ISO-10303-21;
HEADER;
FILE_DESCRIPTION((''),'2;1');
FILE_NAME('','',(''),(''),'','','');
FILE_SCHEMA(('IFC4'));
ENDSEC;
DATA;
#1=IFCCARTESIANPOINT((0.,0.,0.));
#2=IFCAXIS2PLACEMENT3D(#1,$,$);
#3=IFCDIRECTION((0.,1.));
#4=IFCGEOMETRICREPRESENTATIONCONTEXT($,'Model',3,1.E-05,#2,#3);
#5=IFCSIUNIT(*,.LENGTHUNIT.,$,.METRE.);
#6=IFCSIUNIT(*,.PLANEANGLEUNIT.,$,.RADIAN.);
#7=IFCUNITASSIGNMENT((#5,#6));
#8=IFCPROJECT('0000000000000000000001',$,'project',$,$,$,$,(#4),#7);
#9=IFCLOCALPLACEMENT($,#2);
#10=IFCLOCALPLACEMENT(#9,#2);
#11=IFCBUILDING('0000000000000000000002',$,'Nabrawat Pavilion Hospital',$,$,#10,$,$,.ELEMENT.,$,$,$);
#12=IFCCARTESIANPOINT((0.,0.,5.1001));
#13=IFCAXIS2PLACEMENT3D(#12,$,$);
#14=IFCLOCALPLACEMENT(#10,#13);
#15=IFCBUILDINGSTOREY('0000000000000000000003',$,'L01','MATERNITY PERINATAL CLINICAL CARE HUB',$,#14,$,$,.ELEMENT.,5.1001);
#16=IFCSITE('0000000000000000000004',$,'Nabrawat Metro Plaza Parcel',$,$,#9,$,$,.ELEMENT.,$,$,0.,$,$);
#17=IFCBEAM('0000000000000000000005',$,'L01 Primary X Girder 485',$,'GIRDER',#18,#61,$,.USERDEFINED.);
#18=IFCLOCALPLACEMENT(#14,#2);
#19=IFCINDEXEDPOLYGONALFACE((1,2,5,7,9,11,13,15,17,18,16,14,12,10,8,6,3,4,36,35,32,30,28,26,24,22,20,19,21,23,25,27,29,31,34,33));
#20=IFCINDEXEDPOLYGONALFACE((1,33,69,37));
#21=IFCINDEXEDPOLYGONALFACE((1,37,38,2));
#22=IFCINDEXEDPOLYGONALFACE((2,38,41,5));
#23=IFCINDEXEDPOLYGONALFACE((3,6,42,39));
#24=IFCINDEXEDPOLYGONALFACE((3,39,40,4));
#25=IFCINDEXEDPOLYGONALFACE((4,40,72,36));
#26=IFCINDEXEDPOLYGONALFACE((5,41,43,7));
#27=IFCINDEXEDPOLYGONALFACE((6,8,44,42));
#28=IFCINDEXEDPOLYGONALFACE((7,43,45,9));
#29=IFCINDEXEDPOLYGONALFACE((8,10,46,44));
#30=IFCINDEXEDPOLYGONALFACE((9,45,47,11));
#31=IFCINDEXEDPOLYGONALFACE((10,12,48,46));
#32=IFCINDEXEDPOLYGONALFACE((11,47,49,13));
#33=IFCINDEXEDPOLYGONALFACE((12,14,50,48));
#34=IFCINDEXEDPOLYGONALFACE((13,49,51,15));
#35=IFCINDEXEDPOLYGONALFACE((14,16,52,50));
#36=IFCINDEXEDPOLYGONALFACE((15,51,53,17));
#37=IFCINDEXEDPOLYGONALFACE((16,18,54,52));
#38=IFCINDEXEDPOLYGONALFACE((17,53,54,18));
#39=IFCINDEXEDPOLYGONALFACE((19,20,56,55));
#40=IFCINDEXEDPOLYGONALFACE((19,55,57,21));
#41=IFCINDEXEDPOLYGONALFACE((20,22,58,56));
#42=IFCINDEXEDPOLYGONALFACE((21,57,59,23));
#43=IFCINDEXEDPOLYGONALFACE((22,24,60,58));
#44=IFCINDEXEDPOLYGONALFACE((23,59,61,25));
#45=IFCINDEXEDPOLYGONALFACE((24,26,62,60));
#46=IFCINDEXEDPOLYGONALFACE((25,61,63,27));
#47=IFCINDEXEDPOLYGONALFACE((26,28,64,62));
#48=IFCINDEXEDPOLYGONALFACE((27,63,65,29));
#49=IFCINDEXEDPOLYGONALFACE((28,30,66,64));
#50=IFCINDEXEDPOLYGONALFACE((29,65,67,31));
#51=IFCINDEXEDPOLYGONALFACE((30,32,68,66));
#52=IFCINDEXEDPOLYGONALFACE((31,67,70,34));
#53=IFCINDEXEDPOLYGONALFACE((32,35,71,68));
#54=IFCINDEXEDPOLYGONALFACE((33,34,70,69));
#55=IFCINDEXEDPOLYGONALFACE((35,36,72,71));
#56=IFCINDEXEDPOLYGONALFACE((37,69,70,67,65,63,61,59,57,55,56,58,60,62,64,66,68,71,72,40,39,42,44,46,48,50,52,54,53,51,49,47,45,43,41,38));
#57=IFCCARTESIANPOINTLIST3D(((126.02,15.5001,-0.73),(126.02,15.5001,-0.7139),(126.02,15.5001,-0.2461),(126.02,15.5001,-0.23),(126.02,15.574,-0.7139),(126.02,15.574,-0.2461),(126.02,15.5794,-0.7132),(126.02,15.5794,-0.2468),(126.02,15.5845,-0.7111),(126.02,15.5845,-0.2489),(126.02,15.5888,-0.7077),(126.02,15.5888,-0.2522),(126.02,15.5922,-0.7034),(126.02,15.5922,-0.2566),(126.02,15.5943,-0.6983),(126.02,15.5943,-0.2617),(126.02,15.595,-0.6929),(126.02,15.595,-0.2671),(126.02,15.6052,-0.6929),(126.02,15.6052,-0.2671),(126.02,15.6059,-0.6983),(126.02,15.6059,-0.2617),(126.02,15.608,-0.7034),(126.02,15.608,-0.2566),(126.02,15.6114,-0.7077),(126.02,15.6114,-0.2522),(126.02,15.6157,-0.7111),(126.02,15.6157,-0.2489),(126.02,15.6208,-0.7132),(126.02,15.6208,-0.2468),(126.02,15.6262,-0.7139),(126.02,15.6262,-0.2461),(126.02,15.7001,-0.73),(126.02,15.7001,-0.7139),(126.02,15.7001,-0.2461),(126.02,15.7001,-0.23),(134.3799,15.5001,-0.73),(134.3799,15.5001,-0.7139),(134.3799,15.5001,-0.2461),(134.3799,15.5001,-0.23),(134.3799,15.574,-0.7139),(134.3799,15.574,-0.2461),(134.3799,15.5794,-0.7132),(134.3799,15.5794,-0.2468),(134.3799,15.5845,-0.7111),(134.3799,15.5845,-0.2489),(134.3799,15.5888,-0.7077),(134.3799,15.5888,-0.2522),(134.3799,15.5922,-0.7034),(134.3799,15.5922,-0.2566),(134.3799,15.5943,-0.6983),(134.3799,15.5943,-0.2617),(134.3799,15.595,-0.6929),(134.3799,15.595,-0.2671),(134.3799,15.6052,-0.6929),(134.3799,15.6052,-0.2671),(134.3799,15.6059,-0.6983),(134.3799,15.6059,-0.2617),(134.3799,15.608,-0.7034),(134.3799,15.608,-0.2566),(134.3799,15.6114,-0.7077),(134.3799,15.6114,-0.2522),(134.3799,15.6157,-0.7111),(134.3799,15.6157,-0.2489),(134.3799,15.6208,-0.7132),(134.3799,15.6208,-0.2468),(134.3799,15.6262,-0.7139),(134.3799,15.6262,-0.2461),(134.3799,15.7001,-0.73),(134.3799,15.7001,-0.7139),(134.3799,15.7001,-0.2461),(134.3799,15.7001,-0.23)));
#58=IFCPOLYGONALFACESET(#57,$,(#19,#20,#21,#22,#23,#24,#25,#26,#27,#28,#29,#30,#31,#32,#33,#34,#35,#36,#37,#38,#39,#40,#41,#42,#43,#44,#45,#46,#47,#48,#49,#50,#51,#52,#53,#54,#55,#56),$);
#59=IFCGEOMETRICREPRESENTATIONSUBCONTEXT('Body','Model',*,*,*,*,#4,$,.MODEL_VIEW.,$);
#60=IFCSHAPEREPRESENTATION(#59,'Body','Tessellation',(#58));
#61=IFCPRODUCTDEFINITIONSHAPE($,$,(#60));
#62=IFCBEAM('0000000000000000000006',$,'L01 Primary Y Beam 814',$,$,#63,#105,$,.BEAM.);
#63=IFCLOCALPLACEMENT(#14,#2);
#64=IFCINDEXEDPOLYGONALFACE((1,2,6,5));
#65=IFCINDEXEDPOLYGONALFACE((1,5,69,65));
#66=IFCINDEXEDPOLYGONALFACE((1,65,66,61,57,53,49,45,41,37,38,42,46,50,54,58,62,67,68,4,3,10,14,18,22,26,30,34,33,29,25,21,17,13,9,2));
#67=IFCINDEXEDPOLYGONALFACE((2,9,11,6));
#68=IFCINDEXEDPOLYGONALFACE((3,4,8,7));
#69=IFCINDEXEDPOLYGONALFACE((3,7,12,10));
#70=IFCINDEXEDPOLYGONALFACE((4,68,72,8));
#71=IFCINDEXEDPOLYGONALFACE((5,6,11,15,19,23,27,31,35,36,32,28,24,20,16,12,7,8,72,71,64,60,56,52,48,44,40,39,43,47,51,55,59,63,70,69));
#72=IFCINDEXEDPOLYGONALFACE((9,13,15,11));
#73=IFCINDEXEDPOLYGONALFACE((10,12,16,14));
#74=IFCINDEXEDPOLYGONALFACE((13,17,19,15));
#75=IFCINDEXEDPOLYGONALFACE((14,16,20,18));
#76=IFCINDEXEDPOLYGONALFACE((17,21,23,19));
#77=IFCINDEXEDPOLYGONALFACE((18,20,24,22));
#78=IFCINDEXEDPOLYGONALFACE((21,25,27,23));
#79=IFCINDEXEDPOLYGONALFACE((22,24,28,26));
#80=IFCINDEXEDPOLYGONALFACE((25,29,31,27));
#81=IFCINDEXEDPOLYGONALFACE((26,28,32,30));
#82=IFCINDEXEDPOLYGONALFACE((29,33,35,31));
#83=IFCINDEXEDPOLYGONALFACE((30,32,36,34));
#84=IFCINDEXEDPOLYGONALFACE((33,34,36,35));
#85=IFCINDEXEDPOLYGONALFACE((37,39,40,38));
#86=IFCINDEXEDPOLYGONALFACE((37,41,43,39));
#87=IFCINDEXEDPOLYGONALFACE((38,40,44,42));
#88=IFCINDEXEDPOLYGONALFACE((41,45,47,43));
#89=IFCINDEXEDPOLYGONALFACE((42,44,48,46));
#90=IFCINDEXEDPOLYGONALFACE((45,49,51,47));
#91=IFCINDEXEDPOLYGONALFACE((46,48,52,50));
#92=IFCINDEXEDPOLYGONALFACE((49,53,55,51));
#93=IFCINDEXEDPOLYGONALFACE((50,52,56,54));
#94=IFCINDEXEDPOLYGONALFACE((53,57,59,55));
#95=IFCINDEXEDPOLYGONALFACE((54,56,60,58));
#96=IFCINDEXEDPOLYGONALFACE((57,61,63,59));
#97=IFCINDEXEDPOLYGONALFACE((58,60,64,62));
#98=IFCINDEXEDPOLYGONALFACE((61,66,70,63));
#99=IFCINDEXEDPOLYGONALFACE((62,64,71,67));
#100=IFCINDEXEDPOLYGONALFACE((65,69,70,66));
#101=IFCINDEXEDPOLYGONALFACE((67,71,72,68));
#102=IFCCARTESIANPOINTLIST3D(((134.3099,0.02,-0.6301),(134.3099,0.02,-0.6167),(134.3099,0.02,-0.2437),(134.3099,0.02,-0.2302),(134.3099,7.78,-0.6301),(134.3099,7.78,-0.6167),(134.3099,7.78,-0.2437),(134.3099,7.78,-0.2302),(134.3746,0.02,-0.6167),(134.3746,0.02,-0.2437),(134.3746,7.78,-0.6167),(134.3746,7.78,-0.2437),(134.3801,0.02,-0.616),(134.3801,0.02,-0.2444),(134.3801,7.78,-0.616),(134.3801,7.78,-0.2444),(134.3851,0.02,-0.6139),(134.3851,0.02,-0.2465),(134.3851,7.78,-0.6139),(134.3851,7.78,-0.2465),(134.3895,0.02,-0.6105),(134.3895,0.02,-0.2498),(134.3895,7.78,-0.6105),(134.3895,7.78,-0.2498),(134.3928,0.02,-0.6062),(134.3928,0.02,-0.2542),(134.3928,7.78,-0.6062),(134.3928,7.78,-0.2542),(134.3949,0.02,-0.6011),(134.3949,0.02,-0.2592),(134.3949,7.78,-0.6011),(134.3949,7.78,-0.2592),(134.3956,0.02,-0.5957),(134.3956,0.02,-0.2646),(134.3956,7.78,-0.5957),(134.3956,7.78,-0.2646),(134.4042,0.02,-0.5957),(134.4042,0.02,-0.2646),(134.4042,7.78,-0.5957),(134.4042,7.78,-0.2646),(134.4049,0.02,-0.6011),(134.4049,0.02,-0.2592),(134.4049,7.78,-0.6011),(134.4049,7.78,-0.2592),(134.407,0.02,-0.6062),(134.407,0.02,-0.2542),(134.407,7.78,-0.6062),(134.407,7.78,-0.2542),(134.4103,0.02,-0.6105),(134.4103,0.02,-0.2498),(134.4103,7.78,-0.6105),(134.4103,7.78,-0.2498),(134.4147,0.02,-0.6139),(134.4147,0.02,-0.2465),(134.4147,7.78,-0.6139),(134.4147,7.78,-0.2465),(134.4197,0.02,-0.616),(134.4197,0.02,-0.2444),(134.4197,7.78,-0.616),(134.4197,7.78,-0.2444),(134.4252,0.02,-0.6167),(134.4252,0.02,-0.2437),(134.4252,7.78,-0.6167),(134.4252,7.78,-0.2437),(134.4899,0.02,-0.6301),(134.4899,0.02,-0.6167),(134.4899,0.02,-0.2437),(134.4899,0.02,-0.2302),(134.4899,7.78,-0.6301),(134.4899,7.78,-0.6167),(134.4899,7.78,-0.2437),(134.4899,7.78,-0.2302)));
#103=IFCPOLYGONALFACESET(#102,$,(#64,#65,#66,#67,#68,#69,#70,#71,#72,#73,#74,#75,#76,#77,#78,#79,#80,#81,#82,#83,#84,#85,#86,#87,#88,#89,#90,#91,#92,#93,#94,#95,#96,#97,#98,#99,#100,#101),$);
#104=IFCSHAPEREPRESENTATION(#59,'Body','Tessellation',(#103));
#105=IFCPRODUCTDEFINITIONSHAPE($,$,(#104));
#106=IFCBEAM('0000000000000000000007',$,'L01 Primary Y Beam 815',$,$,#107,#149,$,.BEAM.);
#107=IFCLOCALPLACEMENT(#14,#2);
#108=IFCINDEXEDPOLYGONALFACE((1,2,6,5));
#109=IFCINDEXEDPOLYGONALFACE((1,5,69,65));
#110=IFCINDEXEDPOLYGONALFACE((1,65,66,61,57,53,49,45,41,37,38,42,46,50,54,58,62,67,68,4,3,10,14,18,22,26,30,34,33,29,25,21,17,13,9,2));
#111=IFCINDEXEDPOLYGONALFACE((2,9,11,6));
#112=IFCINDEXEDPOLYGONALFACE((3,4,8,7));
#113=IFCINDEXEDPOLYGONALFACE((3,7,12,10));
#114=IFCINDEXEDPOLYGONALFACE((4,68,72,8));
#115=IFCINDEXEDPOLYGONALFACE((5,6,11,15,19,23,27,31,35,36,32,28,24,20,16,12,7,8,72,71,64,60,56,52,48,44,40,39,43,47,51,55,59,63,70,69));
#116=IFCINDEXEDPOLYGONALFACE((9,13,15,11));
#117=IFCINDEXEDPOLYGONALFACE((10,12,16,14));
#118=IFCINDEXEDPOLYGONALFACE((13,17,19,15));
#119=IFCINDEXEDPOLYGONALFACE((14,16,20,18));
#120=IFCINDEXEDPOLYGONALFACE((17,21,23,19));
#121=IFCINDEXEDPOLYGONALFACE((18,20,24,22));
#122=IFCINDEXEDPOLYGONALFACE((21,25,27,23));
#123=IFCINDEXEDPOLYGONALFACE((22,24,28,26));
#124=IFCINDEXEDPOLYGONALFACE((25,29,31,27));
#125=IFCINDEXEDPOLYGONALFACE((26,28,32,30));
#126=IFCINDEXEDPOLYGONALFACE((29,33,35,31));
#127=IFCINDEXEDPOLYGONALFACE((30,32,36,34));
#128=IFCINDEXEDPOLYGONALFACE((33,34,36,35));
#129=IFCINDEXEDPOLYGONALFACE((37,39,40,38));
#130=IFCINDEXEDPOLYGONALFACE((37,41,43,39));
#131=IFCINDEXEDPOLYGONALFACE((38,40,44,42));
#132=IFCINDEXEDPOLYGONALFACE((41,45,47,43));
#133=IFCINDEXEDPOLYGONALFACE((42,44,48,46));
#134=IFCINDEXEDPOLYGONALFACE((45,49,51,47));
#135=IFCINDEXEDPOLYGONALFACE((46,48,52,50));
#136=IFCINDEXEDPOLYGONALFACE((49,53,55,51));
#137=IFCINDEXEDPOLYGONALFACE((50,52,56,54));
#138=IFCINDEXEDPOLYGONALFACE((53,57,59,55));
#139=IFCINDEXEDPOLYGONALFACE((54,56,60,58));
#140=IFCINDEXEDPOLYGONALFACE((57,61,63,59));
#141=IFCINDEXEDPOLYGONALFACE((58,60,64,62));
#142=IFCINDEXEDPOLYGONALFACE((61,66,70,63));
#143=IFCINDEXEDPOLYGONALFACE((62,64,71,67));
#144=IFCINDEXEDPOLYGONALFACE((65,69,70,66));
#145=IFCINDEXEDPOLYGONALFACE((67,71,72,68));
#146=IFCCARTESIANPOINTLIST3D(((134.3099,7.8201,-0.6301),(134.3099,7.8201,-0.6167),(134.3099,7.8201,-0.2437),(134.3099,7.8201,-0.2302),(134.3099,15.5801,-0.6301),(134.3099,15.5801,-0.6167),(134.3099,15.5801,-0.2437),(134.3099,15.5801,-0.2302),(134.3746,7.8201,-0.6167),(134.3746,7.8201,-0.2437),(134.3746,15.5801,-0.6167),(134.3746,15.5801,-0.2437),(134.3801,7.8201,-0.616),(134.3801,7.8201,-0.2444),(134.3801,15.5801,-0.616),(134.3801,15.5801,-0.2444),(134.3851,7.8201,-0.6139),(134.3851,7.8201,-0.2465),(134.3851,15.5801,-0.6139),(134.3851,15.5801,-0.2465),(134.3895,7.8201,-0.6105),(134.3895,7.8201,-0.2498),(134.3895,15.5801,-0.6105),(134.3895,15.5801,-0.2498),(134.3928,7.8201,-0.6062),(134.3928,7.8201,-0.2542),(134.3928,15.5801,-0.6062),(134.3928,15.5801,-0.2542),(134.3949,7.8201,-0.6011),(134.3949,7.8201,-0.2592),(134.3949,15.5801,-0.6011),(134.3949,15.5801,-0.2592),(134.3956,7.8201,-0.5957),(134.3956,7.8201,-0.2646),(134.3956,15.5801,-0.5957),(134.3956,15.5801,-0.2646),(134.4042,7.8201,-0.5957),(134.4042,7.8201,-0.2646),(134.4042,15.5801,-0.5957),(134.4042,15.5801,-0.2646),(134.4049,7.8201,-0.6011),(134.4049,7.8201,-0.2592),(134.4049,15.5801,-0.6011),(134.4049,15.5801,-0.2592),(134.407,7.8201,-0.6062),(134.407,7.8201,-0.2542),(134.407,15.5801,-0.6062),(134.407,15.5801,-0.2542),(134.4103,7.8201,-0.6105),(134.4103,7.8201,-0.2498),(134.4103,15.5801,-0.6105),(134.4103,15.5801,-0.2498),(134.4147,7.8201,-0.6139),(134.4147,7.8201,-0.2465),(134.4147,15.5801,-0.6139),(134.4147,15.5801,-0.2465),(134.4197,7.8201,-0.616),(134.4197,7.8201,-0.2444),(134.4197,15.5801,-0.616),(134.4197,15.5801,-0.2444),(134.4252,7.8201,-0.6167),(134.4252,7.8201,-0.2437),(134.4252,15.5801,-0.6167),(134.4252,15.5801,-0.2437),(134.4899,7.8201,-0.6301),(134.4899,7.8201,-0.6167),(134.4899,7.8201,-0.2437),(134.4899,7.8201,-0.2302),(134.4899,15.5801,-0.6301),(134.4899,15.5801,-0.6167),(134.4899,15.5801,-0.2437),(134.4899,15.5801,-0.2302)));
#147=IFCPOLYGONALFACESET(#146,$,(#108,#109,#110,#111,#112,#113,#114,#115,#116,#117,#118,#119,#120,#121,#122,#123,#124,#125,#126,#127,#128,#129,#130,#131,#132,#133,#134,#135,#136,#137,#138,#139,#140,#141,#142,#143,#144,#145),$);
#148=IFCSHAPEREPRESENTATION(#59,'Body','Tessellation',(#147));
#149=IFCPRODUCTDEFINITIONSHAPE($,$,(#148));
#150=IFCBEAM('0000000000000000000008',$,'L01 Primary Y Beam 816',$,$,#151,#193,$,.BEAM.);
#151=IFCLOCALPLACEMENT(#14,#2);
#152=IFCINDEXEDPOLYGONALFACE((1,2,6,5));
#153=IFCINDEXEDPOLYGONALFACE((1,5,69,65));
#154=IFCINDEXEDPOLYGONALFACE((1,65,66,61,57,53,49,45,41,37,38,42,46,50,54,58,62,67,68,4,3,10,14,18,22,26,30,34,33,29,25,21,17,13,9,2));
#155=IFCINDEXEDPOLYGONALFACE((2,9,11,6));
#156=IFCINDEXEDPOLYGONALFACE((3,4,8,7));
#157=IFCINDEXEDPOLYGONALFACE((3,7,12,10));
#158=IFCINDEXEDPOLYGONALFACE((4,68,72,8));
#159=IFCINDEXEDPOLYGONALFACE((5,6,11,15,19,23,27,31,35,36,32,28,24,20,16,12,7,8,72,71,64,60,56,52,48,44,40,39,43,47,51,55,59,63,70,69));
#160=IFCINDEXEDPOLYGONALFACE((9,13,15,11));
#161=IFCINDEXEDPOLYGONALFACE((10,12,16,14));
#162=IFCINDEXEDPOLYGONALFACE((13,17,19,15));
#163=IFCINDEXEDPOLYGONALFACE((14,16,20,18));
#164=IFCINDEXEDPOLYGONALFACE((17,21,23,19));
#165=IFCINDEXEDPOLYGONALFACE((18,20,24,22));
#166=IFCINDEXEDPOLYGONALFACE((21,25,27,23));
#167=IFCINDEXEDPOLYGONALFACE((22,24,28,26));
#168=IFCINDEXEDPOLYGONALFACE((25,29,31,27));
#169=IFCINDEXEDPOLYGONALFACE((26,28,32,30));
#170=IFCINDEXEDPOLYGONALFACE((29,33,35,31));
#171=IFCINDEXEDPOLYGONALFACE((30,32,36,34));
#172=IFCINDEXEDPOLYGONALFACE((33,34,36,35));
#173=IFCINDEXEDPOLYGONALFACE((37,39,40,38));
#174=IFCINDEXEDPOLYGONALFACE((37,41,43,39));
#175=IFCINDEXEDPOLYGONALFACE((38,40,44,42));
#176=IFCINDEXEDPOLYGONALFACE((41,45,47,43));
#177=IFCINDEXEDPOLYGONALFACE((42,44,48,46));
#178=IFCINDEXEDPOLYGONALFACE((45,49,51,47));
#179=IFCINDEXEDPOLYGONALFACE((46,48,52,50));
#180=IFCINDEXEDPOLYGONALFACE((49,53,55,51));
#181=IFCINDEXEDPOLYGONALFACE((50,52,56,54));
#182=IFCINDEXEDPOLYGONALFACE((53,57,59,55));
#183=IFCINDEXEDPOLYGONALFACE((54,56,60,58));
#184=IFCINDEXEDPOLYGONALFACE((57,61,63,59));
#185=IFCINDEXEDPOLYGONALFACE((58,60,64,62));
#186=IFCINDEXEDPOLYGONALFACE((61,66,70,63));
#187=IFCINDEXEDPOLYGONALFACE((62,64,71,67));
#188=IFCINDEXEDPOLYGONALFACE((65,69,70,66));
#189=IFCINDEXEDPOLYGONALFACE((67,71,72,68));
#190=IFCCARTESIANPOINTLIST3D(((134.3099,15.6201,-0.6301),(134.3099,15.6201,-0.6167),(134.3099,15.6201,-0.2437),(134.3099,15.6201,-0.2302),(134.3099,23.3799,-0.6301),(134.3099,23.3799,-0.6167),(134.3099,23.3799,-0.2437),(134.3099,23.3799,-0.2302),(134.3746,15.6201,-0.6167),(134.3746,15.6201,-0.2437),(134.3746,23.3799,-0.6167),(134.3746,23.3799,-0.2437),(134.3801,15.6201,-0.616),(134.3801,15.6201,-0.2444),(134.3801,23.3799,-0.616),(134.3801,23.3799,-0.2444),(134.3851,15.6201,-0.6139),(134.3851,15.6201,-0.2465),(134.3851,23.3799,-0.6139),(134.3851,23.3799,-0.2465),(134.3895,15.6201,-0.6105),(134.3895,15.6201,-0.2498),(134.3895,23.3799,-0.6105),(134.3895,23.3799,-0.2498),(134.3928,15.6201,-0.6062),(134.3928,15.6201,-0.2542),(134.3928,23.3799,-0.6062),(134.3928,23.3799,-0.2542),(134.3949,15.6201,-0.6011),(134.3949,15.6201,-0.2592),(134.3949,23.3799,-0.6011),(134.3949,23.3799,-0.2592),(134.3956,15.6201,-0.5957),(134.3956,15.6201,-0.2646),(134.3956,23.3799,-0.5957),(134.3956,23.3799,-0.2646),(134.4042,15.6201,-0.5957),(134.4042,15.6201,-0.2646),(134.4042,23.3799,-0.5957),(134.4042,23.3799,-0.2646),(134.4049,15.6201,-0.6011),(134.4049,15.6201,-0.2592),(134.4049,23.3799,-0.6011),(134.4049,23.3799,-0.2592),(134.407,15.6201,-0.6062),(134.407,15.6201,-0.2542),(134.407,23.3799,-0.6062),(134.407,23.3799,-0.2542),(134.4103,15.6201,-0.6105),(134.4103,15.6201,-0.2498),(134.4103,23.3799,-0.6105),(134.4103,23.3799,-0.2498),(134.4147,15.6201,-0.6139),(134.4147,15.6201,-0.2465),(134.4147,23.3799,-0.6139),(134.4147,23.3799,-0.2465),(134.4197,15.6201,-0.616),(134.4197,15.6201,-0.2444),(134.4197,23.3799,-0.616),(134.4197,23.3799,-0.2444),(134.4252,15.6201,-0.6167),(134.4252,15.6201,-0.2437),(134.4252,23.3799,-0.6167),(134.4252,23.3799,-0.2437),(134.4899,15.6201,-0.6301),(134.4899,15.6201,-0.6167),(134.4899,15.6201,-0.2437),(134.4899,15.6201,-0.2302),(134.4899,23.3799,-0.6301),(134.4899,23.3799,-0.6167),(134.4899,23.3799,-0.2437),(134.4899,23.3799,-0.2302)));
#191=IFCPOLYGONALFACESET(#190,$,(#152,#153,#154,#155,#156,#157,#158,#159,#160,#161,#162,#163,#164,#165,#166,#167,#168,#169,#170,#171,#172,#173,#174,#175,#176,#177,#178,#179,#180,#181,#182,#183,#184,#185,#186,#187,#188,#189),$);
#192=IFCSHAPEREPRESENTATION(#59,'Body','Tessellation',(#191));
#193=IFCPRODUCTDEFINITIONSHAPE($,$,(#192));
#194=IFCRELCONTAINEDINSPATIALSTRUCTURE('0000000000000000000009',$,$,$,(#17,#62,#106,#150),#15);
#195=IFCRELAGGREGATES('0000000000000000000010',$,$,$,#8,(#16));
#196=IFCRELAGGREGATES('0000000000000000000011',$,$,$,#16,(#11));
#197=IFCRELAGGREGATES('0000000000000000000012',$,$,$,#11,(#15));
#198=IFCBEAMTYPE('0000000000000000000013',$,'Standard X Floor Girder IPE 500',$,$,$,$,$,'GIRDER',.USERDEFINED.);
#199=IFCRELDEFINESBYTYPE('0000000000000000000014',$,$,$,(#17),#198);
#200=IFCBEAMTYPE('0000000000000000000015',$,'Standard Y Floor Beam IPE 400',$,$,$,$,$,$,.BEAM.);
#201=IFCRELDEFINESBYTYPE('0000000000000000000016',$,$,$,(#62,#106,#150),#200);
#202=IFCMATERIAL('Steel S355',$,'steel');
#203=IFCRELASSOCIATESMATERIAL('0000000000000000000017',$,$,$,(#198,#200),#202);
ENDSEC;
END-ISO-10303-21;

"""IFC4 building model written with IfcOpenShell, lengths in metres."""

from ifc_helpers import new_model, si_unit, direction, frame, origin, origin_2d, place, context, subcontext, project, spatial, i_section, extrude, material, material_profile, profile_set, type_object, element, save


model = new_model("IFC4")

# Units and contexts
model_context = context("Model", 3, precision=1e-05, world=origin(), true_north=direction((0.0, 1.0)))
body_context = subcontext(model_context, "Body", "Model", "MODEL_VIEW")
ifc_project = project(units=[si_unit("LENGTHUNIT", "METRE"), si_unit("PLANEANGLEUNIT", "RADIAN")], contexts=[model_context])

# Site, building, storey
site_placement = place(None, origin())
site = spatial("IfcSite", under=ifc_project, at=site_placement, Name="Nabrawat Metro Plaza Parcel", CompositionType="ELEMENT", RefElevation=0.0)
building_placement = place(site_placement, origin())
building = spatial("IfcBuilding", under=site, at=building_placement, Name="Nabrawat Pavilion Hospital", CompositionType="ELEMENT")
storey_placement = place(building_placement, frame((0.0, 0.0, 5.1001)))
storey = spatial("IfcBuildingStorey", under=building, at=storey_placement, Name="L01", Description="MATERNITY PERINATAL CLINICAL CARE HUB", CompositionType="ELEMENT", Elevation=5.1001)

# Shared definitions
ifc_material_1 = material(Name="Steel S355", Category="steel")

# Beams
ifc_material_profile_1 = material_profile(ifc_material_1, i_section(OverallWidth=0.2, OverallDepth=0.5, WebThickness=0.0103, FlangeThickness=0.0161, FilletRadius=0.021, at=origin_2d()), Name="IPE 500")
ifc_profile_set_1 = profile_set([ifc_material_profile_1], Name="Steel S355")
beam_type_1 = type_object("IfcBeamType", Name="Standard X Floor Girder IPE 500", ElementType="GIRDER", PredefinedType="USERDEFINED", material=ifc_profile_set_1)
for number, where, z_axis, x_axis, name in (
    (1, (126.02, 15.6001, -0.48), (1.0, 0.0, 0.0), (0.0, 1.0, 0.0), "L01 Primary X Girder 485"),
):
    element("IfcBeam", number, at=place(storey_placement, frame(where, z_axis=z_axis, x_axis=x_axis)), inside=storey, type_object=beam_type_1, Name=name, ObjectType="GIRDER", PredefinedType="USERDEFINED", context=body_context, shape_type="SweptSolid", body=[
        extrude(i_section(OverallWidth=0.2, OverallDepth=0.5, WebThickness=0.0103, FlangeThickness=0.0161, FilletRadius=0.021, at=origin_2d()), origin(), (0.0, 0.0, 1.0), 8.3599),
    ])
ifc_material_profile_2 = material_profile(ifc_material_1, i_section(OverallWidth=0.1799, OverallDepth=0.3999, WebThickness=0.0085, FlangeThickness=0.0134, FilletRadius=0.021, at=origin_2d()), Name="IPE 400")
ifc_profile_set_2 = profile_set([ifc_material_profile_2], Name="Steel S355")
beam_type_2 = type_object("IfcBeamType", Name="Standard Y Floor Beam IPE 400", PredefinedType="BEAM", material=ifc_profile_set_2)
for number, where, z_axis, x_axis, name in (
    (2, (134.3999, 0.02, -0.4302), (0.0, 1.0, 0.0), (-1.0, 0.0, 0.0), "L01 Primary Y Beam 814"),
    (3, (134.3999, 7.8201, -0.4302), (0.0, 1.0, 0.0), (-1.0, 0.0, 0.0), "L01 Primary Y Beam 815"),
):
    element("IfcBeam", number, at=place(storey_placement, frame(where, z_axis=z_axis, x_axis=x_axis)), inside=storey, type_object=beam_type_2, Name=name, PredefinedType="BEAM", context=body_context, shape_type="SweptSolid", body=[
        extrude(i_section(OverallWidth=0.1799, OverallDepth=0.3999, WebThickness=0.0085, FlangeThickness=0.0134, FilletRadius=0.021, at=origin_2d()), origin(), (0.0, 0.0, 1.0), 7.76),
    ])
beam_1_placement = place(storey_placement, frame((134.3999, 15.6201, -0.4302), z_axis=(0.0, 1.0, 0.0), x_axis=(-1.0, 0.0, 0.0)))
element("IfcBeam", 4, at=beam_1_placement, inside=storey, type_object=beam_type_2, Name="L01 Primary Y Beam 816", PredefinedType="BEAM", context=body_context, shape_type="SweptSolid", body=[
    extrude(i_section(OverallWidth=0.1799, OverallDepth=0.3999, WebThickness=0.0085, FlangeThickness=0.0134, FilletRadius=0.021, at=origin_2d()), origin(), (0.0, 0.0, 1.0), 7.7598),
])

save(model, "model.ifc")
